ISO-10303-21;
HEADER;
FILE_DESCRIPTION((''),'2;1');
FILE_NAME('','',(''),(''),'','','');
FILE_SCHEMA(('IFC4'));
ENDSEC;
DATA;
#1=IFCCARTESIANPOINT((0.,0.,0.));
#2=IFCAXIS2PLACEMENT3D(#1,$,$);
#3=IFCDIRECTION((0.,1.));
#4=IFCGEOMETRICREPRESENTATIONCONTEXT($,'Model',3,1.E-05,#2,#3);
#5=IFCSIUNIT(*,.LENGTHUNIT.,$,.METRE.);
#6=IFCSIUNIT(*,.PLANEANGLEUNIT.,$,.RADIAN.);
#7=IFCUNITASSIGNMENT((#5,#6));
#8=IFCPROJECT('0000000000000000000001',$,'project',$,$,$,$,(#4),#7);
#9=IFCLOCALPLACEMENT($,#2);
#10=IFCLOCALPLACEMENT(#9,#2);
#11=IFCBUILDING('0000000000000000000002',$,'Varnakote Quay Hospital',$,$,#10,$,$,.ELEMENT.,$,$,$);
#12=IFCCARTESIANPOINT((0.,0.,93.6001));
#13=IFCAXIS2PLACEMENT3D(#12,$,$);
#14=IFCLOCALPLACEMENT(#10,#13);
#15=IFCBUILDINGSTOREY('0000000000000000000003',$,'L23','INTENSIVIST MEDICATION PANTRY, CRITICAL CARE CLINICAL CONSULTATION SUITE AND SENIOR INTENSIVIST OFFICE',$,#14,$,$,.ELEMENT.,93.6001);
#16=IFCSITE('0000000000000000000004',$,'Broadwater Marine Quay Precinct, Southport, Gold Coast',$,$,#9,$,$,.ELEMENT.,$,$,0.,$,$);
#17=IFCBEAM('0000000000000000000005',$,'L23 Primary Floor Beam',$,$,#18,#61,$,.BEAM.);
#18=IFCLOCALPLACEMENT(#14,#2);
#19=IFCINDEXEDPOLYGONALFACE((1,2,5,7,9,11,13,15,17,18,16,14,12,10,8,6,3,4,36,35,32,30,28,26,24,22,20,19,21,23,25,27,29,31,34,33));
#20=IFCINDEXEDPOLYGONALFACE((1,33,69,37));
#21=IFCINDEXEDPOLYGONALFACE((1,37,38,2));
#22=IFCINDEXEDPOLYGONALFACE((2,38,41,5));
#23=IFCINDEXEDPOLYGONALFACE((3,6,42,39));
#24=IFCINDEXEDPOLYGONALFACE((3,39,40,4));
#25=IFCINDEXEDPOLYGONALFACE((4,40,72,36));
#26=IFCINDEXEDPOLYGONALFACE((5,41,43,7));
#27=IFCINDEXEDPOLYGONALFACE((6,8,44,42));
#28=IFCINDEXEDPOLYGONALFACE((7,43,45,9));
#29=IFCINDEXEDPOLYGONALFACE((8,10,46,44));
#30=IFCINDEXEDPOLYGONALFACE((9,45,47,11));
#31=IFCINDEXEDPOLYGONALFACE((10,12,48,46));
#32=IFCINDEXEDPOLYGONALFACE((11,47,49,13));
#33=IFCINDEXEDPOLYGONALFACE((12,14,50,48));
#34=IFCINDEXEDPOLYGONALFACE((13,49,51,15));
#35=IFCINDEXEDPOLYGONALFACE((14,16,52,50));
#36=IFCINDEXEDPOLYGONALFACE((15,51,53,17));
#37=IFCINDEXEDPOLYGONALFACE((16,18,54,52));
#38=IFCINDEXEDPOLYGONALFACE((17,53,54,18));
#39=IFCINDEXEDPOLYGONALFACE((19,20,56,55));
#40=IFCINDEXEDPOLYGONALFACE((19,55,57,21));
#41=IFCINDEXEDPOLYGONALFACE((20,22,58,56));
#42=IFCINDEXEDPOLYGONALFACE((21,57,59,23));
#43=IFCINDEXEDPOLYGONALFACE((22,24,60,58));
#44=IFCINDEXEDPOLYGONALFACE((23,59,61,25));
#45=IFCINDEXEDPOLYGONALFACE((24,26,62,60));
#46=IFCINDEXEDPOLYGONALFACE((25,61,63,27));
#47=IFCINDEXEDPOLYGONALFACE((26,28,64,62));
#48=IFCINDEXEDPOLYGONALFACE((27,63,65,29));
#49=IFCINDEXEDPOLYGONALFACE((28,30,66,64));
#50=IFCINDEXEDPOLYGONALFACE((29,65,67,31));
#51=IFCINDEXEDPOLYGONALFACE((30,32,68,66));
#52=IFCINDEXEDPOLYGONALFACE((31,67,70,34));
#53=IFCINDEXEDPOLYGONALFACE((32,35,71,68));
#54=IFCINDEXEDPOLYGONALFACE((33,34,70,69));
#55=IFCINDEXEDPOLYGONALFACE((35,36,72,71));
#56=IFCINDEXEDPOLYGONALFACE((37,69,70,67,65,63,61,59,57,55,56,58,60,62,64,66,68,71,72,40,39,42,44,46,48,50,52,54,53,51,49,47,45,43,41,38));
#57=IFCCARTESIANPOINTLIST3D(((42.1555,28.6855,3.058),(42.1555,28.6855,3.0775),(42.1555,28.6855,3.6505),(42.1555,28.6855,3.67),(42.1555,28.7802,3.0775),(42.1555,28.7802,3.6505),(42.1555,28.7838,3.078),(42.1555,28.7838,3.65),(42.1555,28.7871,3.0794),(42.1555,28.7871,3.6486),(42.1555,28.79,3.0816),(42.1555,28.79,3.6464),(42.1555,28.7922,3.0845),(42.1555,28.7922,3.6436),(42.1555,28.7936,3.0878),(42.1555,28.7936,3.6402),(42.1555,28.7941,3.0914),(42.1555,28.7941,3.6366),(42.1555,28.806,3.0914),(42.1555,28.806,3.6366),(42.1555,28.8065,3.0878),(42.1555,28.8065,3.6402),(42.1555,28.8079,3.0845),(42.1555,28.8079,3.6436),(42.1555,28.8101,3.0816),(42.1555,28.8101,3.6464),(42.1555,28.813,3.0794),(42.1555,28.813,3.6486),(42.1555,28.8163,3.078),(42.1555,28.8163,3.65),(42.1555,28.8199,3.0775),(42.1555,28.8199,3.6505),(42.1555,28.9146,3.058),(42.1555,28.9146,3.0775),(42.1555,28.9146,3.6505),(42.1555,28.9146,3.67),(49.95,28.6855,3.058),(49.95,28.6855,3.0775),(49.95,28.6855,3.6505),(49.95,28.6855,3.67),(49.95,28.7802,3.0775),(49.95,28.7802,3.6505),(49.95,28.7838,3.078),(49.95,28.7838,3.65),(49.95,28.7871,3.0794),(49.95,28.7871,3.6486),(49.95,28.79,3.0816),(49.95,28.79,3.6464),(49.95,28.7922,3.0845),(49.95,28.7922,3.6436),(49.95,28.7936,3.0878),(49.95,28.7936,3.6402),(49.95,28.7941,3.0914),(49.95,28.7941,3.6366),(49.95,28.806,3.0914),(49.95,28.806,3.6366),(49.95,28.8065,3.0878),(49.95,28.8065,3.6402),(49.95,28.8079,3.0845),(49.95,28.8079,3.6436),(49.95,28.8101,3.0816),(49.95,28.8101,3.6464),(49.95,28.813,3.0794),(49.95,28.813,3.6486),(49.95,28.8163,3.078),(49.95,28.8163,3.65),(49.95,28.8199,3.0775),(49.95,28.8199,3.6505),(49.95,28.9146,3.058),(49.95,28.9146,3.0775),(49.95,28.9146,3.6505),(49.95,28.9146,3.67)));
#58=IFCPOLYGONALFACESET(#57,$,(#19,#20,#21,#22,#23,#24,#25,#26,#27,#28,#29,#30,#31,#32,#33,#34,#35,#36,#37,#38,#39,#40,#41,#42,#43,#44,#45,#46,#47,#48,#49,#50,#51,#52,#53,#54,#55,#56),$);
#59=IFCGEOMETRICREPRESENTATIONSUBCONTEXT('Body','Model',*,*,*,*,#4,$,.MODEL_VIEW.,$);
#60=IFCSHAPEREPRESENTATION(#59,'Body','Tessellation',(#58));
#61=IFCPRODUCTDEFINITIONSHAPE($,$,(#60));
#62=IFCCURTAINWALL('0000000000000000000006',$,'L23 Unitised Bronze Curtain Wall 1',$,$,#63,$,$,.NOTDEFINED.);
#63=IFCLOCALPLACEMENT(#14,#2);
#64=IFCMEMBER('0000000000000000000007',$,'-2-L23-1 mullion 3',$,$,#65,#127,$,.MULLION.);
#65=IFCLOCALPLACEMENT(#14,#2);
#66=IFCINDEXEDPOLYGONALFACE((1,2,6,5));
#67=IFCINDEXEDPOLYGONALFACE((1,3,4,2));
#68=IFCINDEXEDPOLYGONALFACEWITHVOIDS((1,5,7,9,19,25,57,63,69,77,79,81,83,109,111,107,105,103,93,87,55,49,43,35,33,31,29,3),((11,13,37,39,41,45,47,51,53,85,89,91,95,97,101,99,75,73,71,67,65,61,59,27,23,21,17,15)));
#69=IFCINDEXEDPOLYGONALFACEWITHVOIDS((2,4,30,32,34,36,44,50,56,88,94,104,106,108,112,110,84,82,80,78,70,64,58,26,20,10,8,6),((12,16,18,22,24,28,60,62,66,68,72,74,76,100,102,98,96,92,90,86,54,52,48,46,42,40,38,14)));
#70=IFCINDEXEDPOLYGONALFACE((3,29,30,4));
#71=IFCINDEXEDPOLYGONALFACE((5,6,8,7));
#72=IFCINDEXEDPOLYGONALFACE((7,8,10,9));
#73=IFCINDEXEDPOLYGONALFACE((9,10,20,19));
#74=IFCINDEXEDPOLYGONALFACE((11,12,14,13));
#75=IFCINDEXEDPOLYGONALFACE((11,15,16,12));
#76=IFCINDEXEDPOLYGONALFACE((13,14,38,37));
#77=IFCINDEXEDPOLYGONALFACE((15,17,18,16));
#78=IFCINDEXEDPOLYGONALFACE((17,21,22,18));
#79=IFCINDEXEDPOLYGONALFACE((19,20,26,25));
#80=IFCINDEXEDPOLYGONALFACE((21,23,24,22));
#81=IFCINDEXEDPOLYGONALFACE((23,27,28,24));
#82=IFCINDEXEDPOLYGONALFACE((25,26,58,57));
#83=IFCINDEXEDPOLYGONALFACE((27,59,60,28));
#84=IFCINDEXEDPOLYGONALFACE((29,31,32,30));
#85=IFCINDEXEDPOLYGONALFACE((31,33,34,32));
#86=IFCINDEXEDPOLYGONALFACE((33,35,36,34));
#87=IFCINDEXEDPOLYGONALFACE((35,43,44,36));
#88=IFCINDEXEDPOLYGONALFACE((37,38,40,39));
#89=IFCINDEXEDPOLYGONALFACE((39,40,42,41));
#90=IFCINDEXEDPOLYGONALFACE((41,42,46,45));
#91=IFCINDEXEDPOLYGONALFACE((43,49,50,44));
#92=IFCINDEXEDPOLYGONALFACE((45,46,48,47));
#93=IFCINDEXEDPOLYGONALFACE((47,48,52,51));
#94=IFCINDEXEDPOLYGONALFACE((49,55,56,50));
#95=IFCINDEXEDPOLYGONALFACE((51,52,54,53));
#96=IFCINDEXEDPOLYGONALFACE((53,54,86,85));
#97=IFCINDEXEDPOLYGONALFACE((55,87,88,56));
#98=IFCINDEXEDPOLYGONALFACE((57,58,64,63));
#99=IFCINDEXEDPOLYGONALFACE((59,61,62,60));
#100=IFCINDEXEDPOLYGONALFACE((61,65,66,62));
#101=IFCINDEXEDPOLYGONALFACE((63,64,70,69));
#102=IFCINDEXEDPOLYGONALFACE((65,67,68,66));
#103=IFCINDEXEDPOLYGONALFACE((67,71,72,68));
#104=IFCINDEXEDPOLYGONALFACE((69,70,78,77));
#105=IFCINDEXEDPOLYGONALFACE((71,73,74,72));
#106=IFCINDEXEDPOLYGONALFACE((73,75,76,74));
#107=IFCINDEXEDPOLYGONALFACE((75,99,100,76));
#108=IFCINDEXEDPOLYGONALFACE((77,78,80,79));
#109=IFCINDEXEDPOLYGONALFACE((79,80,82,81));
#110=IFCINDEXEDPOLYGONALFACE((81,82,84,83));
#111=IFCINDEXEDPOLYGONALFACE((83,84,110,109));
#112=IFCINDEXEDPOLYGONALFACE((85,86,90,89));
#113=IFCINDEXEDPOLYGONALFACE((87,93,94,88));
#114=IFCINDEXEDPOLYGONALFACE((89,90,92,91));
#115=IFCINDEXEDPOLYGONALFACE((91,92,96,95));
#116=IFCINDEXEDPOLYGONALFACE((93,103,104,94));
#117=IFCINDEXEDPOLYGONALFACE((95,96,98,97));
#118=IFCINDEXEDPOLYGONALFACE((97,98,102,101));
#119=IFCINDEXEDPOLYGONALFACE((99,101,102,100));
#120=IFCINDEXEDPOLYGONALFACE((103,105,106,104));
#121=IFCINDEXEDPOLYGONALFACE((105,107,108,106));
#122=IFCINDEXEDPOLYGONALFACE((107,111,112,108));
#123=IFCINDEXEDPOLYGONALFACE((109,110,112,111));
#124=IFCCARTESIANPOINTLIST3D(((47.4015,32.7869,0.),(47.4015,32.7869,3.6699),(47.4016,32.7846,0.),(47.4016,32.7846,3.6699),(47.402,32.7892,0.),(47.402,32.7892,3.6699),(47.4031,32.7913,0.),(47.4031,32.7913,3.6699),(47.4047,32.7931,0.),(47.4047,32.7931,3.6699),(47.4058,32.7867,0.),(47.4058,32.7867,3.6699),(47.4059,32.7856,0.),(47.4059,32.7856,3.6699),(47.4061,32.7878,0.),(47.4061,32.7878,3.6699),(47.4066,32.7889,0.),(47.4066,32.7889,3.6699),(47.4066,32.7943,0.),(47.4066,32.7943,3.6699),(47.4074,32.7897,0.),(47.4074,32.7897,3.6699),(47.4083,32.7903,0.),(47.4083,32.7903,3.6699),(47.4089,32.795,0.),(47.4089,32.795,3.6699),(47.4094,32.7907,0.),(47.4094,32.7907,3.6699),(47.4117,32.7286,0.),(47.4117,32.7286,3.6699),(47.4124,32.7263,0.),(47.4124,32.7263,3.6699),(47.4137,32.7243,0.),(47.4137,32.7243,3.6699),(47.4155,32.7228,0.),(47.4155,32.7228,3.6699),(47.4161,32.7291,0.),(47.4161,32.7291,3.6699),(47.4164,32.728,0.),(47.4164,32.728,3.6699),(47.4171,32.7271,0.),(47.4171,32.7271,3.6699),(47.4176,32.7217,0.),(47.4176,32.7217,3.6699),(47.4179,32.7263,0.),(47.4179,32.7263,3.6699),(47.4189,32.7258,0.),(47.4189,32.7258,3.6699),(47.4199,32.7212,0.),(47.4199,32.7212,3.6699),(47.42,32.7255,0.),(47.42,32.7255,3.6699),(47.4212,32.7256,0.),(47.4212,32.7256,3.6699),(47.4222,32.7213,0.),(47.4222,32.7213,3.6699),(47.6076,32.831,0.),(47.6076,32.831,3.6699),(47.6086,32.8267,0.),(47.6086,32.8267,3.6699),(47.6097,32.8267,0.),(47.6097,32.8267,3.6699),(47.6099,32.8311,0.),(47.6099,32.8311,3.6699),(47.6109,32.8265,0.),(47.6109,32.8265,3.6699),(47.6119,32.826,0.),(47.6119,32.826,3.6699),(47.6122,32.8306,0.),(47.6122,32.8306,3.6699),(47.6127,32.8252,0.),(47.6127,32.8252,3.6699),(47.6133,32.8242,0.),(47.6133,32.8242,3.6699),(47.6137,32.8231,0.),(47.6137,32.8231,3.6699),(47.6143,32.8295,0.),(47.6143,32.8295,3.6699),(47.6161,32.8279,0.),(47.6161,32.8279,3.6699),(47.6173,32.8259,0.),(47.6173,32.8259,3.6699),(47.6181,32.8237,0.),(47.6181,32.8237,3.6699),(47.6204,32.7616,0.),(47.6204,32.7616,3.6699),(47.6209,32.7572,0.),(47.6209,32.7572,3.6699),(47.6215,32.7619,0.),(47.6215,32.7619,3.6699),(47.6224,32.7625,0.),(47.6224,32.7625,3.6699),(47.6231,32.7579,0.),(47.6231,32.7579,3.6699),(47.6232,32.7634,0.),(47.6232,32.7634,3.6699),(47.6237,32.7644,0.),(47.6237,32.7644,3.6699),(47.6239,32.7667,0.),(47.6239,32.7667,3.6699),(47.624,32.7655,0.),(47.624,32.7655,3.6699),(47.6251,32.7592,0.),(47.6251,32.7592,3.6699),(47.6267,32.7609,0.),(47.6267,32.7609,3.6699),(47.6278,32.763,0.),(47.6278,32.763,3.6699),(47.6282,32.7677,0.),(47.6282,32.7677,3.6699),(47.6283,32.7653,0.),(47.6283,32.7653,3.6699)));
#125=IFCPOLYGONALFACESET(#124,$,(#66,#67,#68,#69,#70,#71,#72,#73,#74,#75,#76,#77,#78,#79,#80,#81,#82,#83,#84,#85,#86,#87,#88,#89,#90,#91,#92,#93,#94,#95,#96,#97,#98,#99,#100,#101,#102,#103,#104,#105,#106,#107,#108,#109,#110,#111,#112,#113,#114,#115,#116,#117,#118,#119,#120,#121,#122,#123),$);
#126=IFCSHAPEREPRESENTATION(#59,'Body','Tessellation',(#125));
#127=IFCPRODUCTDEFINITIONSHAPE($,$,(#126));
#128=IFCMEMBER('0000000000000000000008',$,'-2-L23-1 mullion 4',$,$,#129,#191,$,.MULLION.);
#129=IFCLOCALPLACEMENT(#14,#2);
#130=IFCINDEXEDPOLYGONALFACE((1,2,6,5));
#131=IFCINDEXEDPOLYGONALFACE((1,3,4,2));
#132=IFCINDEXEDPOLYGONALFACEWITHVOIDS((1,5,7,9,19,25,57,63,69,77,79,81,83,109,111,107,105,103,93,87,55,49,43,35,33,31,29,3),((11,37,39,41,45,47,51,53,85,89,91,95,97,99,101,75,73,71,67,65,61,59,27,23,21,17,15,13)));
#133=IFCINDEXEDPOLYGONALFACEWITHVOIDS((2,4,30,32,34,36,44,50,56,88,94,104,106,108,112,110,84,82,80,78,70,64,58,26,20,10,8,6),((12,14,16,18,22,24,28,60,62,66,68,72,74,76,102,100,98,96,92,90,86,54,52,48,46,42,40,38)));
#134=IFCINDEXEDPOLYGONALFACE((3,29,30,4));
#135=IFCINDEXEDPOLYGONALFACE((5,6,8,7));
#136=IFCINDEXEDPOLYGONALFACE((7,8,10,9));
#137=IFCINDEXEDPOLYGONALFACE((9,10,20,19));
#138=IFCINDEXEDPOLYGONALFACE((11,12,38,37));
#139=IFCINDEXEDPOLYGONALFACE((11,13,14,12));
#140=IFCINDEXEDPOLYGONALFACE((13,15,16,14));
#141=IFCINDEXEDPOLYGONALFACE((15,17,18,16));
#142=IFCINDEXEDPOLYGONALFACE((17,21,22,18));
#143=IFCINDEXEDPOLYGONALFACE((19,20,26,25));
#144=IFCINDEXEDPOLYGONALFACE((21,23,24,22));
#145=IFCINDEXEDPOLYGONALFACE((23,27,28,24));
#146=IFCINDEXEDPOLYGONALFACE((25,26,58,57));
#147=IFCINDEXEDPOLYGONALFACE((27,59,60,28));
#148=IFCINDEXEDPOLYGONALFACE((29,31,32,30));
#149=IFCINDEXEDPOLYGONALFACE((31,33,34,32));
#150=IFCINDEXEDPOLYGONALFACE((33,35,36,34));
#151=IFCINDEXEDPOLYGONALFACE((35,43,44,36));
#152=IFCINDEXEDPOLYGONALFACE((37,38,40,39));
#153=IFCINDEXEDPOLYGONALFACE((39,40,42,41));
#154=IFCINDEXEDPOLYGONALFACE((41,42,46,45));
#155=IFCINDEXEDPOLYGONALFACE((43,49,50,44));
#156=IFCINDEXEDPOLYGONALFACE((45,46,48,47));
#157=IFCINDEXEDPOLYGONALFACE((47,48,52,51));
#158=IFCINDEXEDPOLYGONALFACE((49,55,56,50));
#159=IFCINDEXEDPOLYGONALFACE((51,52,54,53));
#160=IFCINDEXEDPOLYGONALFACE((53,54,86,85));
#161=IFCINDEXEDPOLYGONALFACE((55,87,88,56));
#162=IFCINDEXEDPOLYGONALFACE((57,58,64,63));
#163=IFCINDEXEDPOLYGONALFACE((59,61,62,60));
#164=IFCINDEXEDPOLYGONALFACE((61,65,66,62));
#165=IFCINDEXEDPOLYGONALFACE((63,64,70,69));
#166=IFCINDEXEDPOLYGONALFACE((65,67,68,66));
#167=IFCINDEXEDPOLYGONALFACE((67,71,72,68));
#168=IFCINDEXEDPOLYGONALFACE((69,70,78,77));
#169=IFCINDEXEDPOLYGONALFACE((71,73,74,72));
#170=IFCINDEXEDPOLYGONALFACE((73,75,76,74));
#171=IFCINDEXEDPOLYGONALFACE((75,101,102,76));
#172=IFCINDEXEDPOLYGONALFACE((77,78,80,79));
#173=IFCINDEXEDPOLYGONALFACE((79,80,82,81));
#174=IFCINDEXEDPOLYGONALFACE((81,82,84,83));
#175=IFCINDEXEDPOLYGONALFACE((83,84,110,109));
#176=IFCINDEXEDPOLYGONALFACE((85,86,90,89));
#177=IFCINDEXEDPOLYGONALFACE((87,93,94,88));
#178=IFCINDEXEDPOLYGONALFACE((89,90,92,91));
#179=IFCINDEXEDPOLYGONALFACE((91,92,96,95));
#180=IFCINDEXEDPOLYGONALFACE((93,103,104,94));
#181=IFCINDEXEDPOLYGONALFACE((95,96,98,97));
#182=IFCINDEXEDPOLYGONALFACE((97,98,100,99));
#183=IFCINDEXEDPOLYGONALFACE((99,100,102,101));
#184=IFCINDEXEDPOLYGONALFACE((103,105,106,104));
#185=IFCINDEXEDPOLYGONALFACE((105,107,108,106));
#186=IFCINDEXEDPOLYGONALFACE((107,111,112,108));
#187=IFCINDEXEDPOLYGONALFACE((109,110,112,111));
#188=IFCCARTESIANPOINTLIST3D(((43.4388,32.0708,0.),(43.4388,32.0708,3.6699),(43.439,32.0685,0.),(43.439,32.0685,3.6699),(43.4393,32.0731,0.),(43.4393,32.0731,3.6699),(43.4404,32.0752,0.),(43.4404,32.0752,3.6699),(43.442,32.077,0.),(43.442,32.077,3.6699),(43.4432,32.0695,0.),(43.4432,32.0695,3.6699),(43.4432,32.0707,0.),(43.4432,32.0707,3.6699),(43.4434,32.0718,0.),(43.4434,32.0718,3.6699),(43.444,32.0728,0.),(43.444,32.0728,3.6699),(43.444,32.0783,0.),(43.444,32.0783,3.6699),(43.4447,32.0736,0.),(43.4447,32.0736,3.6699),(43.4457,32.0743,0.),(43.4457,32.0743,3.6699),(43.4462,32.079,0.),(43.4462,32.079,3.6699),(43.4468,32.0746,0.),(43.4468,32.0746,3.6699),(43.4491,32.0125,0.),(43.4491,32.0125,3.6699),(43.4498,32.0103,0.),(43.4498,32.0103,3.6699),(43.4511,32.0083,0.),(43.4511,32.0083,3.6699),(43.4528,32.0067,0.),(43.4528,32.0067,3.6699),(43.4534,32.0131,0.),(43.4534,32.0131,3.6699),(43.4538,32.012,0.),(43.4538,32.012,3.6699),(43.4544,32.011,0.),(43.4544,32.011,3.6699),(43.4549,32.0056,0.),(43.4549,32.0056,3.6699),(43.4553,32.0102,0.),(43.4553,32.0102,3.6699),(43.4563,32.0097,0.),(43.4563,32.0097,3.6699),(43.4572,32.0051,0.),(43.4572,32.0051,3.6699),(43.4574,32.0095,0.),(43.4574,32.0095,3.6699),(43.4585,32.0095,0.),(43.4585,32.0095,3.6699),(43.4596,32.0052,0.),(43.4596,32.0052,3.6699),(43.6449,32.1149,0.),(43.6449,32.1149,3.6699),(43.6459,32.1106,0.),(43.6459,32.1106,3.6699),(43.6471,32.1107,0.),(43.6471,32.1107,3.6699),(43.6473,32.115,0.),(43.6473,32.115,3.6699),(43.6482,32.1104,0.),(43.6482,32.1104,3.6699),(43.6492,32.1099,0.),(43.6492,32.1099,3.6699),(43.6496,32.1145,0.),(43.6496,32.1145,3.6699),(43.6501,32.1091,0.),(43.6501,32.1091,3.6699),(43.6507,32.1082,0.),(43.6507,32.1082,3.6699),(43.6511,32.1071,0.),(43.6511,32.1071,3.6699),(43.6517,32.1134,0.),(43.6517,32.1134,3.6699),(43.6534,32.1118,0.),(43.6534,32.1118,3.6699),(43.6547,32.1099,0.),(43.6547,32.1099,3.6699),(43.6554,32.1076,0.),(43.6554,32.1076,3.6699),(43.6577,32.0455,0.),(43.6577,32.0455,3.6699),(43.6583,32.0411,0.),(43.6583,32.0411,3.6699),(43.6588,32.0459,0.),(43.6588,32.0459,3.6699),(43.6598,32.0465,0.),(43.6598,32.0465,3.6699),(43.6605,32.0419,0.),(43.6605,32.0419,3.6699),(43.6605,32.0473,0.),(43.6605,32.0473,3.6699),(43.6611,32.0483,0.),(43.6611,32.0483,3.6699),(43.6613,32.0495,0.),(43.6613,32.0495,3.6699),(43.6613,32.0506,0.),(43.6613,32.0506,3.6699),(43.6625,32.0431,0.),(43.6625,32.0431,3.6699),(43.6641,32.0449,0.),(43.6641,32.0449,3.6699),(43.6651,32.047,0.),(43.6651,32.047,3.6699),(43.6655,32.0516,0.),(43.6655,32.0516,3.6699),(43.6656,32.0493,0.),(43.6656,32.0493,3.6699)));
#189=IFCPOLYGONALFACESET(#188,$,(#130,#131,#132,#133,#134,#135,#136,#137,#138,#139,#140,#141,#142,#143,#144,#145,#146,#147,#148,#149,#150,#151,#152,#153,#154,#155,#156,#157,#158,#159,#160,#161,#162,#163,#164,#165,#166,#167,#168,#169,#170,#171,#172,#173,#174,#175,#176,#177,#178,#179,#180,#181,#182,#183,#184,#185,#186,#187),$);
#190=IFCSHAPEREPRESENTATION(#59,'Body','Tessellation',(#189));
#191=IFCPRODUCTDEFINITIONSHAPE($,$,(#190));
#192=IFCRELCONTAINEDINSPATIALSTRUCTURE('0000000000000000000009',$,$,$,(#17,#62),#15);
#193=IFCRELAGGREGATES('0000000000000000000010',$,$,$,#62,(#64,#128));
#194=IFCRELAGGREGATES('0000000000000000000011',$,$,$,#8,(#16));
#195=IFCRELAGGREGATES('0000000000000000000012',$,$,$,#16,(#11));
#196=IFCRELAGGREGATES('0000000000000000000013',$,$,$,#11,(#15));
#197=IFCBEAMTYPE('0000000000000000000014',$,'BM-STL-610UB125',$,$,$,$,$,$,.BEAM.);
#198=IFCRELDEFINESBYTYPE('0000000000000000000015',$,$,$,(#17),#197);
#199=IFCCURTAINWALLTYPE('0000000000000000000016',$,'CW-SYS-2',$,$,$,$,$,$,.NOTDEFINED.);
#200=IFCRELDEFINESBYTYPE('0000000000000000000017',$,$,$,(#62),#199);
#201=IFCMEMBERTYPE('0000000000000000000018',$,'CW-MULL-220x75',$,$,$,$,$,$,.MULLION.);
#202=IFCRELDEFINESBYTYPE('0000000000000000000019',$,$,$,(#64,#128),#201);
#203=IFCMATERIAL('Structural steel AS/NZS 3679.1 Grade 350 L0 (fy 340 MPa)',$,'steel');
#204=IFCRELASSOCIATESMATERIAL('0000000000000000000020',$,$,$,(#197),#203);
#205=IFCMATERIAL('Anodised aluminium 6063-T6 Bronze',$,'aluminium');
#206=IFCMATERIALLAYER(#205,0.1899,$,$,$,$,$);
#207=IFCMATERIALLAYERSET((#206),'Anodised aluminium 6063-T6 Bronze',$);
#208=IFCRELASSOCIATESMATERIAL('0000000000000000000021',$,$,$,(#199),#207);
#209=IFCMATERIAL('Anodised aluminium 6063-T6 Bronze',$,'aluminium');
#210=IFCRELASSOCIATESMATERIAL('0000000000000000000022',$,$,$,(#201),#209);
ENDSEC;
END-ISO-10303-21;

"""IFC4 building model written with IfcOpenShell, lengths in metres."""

from ifc_helpers import new_model, si_unit, direction, frame, origin, origin_2d, place, context, subcontext, project, spatial, hollow_rectangle, i_section, extrude, material, layer, layer_set, material_profile, profile_set, type_object, element, aggregate, save


model = new_model("IFC4")

# Units and contexts
model_context = context("Model", 3, precision=1e-05, world=origin(), true_north=direction((0.0, 1.0)))
body_context = subcontext(model_context, "Body", "Model", "MODEL_VIEW")
ifc_project = project(units=[si_unit("LENGTHUNIT", "METRE"), si_unit("PLANEANGLEUNIT", "RADIAN")], contexts=[model_context])

# Site, building, storey
site_placement = place(None, origin())
site = spatial("IfcSite", under=ifc_project, at=site_placement, Name="Broadwater Marine Quay Precinct, Southport, Gold Coast", CompositionType="ELEMENT", RefElevation=0.0)
building_placement = place(site_placement, origin())
building = spatial("IfcBuilding", under=site, at=building_placement, Name="Varnakote Quay Hospital", CompositionType="ELEMENT")
storey_placement = place(building_placement, frame((0.0, 0.0, 93.6001)))
storey = spatial("IfcBuildingStorey", under=building, at=storey_placement, Name="L23", Description="INTENSIVIST MEDICATION PANTRY, CRITICAL CARE CLINICAL CONSULTATION SUITE AND SENIOR INTENSIVIST OFFICE", CompositionType="ELEMENT", Elevation=93.6001)

# Beam
ifc_material_1 = material(Name="Structural steel AS/NZS 3679.1 Grade 350 L0 (fy 340 MPa)", Category="steel")
ifc_material_profile_1 = material_profile(ifc_material_1, i_section(OverallWidth=0.229, OverallDepth=0.6121, WebThickness=0.012, FlangeThickness=0.0195, FilletRadius=0.0139, at=origin_2d()), Name="610UB125")
ifc_profile_set_1 = profile_set([ifc_material_profile_1], Name="Structural steel AS/NZS 3679.1 Grade 350 L0 (fy 340 MPa)")
beam_type = type_object("IfcBeamType", Name="BM-STL-610UB125", PredefinedType="BEAM", material=ifc_profile_set_1)
beam_placement = place(storey_placement, frame((42.1555, 28.8, 3.364), z_axis=(1.0, 0.0, 0.0), x_axis=(0.0, 1.0, 0.0)))
element("IfcBeam", 1, at=beam_placement, inside=storey, type_object=beam_type, Name="L23 Primary Floor Beam", PredefinedType="BEAM", context=body_context, shape_type="SweptSolid", body=[
    extrude(i_section(OverallWidth=0.229, OverallDepth=0.6121, WebThickness=0.012, FlangeThickness=0.0195, FilletRadius=0.0139, at=origin_2d()), origin(), (0.0, 0.0, 1.0), 7.7944),
])

# Curtain wall, members
ifc_material_2 = material(Name="Anodised aluminium 6063-T6 Bronze", Category="aluminium")
ifc_layer_1 = layer(ifc_material_2, 0.1899)
ifc_layer_set_1 = layer_set([ifc_layer_1], Name="Anodised aluminium 6063-T6 Bronze")
curtain_wall_type = type_object("IfcCurtainWallType", Name="CW-SYS-2", PredefinedType="NOTDEFINED", material=ifc_layer_set_1)
curtain_wall_placement = place(storey_placement, origin())
curtain_wall = element("IfcCurtainWall", 2, at=curtain_wall_placement, inside=storey, type_object=curtain_wall_type, Name="L23 Unitised Bronze Curtain Wall 1", PredefinedType="NOTDEFINED")
ifc_material_3 = material(Name="Anodised aluminium 6063-T6 Bronze", Category="aluminium")
ifc_material_profile_2 = material_profile(ifc_material_3, hollow_rectangle(XDim=0.075, YDim=0.22, WallThickness=0.0044, InnerFilletRadius=0.0044, OuterFilletRadius=0.009, at=origin_2d()), Name="CW-MULL-220x75")
ifc_profile_set_2 = profile_set([ifc_material_profile_2], Name="Anodised aluminium 6063-T6 Bronze")
member_type_1 = type_object("IfcMemberType", Name="CW-MULL-220x75", PredefinedType="MULLION", material=ifc_profile_set_2)
member_1_placement = place(storey_placement, frame((47.5149, 32.7761, 0.0), z_axis=(0.0, 0.0, 1.0), x_axis=(0.177846, -0.984058, 0.0)))
member_1 = element("IfcMember", 3, at=member_1_placement, type_object=member_type_1, Name="-2-L23-1 mullion 3", PredefinedType="MULLION", context=body_context, shape_type="SweptSolid", body=[
    extrude(hollow_rectangle(XDim=0.075, YDim=0.22, WallThickness=0.0044, InnerFilletRadius=0.0044, OuterFilletRadius=0.009, at=origin_2d()), origin(), (0.0, 0.0, 1.0), 3.6699),
])
member_2_placement = place(storey_placement, frame((43.5522, 32.0601, 0.0), z_axis=(0.0, 0.0, 1.0), x_axis=(0.177846, -0.984058, 0.0)))
member_2 = element("IfcMember", 4, at=member_2_placement, type_object=member_type_1, Name="-2-L23-1 mullion 4", PredefinedType="MULLION", context=body_context, shape_type="SweptSolid", body=[
    extrude(hollow_rectangle(XDim=0.075, YDim=0.22, WallThickness=0.0044, InnerFilletRadius=0.0044, OuterFilletRadius=0.009, at=origin_2d()), origin(), (0.0, 0.0, 1.0), 3.6699),
])
aggregate(curtain_wall, [member_1, member_2])

save(model, "model.ifc")
